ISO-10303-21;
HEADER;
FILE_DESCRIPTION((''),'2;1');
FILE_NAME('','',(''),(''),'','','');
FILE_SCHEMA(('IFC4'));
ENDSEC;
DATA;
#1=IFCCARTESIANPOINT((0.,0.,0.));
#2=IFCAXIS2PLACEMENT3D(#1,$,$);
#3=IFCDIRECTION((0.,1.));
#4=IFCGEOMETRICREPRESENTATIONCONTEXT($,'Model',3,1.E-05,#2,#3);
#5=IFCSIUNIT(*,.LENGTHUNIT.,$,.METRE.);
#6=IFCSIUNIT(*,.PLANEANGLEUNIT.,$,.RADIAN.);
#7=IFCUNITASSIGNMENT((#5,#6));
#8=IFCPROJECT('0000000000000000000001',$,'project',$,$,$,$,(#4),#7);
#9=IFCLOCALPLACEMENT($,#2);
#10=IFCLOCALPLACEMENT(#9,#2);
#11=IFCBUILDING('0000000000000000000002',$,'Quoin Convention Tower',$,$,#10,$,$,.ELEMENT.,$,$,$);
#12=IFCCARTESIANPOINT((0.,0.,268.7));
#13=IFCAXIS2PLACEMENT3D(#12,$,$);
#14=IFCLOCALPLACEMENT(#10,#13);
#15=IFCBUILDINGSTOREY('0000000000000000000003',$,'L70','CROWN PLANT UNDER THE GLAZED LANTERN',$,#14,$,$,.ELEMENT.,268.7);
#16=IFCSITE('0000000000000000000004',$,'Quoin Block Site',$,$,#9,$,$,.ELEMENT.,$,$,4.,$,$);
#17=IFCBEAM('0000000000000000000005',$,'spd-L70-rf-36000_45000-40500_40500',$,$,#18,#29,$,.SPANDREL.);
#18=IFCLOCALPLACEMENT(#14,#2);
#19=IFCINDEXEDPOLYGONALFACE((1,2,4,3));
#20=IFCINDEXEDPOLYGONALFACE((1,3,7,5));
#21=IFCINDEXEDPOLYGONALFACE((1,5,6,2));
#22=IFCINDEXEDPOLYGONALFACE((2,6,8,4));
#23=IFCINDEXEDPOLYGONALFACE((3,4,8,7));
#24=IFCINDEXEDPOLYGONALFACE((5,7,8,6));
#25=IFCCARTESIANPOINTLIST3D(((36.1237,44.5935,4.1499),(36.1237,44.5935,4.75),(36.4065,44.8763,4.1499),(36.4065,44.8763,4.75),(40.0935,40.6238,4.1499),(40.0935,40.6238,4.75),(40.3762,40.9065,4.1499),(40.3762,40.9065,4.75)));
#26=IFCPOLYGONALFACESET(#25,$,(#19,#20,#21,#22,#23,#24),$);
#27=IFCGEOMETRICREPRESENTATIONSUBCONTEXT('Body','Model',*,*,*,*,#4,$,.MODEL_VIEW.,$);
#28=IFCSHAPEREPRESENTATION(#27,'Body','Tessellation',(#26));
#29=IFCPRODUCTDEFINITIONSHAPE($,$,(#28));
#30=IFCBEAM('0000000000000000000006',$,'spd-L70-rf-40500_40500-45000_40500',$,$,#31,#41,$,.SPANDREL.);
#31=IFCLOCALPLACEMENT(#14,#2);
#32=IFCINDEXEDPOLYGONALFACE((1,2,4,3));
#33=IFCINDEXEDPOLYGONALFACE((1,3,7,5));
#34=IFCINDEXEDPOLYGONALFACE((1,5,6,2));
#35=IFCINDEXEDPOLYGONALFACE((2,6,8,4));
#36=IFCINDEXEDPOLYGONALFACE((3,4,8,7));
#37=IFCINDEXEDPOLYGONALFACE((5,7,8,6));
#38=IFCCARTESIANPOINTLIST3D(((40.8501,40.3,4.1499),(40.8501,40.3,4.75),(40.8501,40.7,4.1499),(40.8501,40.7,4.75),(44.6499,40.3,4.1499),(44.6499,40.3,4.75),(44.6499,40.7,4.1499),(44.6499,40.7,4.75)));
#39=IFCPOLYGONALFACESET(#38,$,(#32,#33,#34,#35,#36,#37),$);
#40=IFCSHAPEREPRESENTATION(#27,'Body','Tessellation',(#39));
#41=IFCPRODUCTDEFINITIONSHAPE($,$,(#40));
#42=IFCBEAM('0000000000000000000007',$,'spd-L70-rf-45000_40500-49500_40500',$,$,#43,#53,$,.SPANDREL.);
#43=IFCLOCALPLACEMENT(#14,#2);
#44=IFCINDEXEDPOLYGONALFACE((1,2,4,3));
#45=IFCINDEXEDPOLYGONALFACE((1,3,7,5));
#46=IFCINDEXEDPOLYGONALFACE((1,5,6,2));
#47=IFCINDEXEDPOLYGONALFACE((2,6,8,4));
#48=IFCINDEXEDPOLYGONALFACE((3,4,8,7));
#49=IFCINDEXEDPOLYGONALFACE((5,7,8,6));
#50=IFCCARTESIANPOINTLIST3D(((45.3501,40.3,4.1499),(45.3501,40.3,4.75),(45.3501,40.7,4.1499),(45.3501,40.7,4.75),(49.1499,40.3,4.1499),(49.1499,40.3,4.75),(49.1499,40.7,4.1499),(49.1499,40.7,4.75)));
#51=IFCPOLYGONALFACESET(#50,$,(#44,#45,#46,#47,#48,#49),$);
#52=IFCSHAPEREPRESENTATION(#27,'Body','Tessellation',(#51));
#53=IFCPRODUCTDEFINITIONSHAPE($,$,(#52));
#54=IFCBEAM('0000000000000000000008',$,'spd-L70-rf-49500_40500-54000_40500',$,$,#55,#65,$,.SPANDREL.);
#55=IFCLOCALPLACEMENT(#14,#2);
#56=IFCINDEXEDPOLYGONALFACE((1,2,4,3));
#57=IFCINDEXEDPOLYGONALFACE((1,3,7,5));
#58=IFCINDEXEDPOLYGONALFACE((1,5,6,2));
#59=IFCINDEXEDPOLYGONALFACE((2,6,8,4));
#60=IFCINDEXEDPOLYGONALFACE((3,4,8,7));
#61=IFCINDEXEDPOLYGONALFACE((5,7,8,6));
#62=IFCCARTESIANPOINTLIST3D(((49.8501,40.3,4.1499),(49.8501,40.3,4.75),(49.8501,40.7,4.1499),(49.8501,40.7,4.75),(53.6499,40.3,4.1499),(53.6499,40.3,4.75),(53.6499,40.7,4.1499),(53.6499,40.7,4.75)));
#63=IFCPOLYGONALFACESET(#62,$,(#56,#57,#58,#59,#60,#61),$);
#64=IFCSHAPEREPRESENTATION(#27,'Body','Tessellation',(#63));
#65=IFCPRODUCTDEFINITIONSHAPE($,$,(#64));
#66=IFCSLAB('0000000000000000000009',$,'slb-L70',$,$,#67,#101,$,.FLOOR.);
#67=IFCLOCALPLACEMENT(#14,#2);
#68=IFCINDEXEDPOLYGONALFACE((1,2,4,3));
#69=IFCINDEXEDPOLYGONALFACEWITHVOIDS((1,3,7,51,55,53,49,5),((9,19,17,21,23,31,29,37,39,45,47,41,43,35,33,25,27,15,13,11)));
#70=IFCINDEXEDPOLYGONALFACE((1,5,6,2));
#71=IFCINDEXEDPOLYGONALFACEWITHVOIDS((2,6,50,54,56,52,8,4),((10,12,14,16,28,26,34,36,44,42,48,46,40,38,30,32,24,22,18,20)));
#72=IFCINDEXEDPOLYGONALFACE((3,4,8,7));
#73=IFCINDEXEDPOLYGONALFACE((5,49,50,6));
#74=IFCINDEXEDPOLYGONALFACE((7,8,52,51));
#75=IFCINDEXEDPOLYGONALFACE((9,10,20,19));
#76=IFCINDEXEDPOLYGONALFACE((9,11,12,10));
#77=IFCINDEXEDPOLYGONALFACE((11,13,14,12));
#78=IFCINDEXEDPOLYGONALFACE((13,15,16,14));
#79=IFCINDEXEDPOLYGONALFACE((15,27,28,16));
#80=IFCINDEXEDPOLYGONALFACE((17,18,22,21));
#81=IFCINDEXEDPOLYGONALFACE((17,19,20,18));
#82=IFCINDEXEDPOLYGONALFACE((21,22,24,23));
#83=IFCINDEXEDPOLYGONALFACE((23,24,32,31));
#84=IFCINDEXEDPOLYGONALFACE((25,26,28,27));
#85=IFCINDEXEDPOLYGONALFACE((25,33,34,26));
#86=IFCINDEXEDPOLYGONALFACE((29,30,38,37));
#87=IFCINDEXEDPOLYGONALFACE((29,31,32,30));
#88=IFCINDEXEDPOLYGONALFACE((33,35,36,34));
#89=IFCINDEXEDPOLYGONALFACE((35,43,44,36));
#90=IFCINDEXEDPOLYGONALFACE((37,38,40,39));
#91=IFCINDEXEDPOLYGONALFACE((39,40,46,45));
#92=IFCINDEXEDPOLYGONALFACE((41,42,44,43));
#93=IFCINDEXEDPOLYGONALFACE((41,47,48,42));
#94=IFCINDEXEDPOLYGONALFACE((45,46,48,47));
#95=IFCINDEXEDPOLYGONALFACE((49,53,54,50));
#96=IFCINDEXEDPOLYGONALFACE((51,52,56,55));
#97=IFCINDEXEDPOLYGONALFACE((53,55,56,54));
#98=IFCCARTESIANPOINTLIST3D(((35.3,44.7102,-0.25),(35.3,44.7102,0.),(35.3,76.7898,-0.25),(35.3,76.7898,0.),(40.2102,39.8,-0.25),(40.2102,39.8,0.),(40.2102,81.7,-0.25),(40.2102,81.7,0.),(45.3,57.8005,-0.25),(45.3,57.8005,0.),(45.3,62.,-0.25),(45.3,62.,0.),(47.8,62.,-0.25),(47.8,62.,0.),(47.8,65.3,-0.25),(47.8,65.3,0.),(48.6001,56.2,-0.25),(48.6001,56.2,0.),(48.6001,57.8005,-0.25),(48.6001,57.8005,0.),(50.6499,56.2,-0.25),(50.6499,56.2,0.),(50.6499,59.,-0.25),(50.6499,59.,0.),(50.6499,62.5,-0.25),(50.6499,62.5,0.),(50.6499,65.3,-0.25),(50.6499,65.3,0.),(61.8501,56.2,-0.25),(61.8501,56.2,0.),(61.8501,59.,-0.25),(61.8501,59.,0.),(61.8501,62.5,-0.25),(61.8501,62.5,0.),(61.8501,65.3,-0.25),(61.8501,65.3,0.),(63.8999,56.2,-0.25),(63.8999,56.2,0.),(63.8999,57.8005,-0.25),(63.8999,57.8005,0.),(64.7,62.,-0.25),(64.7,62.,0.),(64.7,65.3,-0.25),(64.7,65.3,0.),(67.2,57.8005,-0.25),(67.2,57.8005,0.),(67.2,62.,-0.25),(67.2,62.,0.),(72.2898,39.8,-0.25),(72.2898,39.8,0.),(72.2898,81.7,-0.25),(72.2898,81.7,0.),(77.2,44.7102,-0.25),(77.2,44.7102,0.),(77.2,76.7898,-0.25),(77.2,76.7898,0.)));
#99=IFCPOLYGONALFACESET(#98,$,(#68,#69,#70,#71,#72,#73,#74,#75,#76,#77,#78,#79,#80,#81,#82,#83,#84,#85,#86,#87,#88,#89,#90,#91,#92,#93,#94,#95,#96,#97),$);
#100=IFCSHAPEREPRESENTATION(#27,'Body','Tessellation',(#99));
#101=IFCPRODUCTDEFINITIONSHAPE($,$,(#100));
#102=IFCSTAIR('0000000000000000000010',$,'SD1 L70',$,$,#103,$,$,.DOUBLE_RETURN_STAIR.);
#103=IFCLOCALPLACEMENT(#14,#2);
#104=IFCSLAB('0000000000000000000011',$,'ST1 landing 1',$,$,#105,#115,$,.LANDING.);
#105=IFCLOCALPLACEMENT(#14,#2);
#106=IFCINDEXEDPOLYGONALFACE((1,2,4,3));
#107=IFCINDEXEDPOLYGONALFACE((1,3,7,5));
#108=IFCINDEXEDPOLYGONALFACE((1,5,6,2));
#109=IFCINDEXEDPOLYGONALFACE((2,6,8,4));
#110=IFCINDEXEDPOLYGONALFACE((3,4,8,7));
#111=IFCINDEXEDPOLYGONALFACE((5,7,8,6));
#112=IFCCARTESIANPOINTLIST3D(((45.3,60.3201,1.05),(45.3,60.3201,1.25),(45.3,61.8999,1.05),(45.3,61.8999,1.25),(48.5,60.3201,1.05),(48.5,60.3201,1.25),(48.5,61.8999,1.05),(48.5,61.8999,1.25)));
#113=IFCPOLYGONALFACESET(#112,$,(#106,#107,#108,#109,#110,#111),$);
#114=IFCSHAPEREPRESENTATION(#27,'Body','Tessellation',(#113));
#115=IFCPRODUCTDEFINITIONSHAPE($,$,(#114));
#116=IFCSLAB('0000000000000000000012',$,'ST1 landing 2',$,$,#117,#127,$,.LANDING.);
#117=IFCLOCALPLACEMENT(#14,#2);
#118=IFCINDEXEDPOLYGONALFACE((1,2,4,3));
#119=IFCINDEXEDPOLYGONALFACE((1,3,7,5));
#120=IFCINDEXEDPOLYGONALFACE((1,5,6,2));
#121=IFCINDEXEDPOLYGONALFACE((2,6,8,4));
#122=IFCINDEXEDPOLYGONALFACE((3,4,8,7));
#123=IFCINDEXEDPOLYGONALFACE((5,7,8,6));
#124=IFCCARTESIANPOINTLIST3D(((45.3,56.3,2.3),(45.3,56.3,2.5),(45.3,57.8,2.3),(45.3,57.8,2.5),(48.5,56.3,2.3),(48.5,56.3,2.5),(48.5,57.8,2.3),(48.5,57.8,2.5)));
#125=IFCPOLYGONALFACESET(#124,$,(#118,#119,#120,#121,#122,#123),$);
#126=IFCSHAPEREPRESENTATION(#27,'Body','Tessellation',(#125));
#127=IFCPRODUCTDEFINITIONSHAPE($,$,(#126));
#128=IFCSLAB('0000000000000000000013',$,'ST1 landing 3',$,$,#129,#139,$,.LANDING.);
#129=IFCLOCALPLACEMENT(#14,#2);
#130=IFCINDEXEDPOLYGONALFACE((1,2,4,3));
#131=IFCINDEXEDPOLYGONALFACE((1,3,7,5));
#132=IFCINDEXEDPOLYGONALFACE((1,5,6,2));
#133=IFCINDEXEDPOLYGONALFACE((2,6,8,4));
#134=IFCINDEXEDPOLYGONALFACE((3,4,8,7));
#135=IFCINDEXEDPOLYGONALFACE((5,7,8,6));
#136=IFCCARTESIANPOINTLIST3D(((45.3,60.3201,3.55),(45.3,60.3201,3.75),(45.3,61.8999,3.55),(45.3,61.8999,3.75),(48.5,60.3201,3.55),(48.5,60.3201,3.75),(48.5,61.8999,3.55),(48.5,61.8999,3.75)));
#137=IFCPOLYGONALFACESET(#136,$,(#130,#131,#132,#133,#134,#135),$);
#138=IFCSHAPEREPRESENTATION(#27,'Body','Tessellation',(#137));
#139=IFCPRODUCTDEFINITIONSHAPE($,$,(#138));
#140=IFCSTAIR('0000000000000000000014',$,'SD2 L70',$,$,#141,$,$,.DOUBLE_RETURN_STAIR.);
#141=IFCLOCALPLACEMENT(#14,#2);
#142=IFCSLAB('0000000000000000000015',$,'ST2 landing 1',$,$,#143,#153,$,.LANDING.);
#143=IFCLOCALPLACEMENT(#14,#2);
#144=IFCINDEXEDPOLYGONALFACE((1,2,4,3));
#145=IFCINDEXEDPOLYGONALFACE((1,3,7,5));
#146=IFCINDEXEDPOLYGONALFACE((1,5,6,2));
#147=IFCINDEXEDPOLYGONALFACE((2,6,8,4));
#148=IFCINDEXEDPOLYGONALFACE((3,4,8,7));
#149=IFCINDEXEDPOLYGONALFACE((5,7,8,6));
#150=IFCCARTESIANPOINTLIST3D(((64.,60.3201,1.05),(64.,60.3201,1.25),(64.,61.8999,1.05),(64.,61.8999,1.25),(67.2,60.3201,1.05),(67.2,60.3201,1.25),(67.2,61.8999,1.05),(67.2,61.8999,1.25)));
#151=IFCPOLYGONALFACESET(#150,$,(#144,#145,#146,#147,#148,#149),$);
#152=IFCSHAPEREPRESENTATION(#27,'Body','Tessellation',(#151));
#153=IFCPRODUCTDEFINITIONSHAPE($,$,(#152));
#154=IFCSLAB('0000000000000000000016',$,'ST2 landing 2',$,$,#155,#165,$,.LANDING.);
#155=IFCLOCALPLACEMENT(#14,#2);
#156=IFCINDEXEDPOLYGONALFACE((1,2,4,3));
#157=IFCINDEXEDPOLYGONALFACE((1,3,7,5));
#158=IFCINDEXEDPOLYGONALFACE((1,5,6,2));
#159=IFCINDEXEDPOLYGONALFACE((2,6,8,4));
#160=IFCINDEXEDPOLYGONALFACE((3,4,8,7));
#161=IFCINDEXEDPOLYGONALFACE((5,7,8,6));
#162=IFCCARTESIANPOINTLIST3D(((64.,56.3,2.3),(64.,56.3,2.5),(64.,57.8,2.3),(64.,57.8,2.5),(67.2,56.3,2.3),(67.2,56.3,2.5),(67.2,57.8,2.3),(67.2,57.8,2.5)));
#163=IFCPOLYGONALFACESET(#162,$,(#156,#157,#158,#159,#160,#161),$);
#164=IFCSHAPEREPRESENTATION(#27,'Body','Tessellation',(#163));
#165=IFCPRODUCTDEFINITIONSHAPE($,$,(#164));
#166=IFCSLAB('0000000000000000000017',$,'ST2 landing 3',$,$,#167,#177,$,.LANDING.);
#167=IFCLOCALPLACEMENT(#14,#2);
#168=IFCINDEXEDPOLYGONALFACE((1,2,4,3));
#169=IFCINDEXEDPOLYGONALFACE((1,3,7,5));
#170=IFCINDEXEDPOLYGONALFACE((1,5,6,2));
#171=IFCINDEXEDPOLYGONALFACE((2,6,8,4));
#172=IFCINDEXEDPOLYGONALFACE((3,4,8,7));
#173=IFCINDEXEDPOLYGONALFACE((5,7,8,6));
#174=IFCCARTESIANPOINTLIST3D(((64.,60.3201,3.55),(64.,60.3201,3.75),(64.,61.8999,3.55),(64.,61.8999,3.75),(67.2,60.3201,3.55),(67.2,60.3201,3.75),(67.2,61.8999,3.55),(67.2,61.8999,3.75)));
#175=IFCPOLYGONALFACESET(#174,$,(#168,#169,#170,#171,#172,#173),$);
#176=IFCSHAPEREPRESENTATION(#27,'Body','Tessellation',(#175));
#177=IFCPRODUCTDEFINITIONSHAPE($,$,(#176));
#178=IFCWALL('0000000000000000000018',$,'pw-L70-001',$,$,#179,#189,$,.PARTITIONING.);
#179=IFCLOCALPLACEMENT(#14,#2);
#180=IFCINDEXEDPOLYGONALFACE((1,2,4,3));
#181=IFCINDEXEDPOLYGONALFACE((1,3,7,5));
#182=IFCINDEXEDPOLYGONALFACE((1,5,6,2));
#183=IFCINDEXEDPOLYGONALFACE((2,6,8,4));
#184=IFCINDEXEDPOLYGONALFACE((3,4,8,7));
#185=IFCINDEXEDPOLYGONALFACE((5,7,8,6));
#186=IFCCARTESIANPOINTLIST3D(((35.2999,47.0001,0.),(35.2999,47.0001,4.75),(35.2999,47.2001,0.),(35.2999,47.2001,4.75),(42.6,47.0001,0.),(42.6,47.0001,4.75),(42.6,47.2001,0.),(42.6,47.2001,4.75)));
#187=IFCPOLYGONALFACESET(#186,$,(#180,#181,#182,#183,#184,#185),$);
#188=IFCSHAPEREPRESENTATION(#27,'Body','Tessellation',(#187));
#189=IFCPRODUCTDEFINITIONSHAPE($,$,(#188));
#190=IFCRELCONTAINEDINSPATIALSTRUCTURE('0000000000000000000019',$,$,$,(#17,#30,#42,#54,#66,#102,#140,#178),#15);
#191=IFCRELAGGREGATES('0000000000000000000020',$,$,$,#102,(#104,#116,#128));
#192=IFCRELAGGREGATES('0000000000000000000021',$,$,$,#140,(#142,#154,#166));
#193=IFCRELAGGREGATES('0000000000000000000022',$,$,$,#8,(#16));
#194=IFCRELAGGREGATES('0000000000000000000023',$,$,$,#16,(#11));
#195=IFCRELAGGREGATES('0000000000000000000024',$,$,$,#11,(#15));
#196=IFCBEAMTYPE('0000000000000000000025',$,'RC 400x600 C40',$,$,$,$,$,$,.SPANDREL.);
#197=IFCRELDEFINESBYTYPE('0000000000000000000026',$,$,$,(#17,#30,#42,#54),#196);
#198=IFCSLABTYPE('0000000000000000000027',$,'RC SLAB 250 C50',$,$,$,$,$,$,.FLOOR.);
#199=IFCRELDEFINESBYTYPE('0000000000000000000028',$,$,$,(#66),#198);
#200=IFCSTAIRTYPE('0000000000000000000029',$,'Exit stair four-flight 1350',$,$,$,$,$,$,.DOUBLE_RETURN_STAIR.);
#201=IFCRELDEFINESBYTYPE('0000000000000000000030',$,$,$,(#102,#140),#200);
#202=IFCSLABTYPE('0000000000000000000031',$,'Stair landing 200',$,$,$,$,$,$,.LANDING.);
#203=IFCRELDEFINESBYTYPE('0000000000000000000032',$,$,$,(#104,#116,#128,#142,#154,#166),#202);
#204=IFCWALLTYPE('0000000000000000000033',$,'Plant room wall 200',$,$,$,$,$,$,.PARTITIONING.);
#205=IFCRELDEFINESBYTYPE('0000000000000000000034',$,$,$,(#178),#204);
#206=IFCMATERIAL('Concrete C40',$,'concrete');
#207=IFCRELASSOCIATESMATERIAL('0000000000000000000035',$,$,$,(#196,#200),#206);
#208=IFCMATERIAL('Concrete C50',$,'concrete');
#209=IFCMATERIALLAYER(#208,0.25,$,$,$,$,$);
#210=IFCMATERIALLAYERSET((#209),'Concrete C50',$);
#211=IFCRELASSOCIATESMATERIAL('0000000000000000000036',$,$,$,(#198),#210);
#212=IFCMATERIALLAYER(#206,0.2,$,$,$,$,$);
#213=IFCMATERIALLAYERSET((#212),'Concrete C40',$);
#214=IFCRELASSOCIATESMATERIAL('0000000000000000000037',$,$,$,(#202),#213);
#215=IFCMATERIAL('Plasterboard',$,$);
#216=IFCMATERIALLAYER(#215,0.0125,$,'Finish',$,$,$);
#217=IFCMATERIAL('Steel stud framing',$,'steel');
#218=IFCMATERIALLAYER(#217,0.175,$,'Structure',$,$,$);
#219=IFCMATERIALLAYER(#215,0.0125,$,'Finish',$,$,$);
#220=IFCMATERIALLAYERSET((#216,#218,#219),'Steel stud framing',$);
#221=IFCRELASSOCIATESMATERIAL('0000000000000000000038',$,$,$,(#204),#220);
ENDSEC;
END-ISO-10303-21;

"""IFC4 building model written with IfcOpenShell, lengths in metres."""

from ifc_helpers import new_model, si_unit, direction, frame, frame_2d, origin, origin_2d, place, context, subcontext, project, spatial, polyline, rectangle, outline, extrude, material, layer, layer_set, material_profile, profile_set, type_object, element, aggregate, save


model = new_model("IFC4")

# Units and contexts
model_context = context("Model", 3, precision=1e-05, world=origin(), true_north=direction((0.0, 1.0)))
body_context = subcontext(model_context, "Body", "Model", "MODEL_VIEW")
ifc_project = project(units=[si_unit("LENGTHUNIT", "METRE"), si_unit("PLANEANGLEUNIT", "RADIAN")], contexts=[model_context])

# Site, building, storey
site_placement = place(None, origin())
site = spatial("IfcSite", under=ifc_project, at=site_placement, Name="Quoin Block Site", CompositionType="ELEMENT", RefElevation=4.0)
building_placement = place(site_placement, origin())
building = spatial("IfcBuilding", under=site, at=building_placement, Name="Quoin Convention Tower", CompositionType="ELEMENT")
storey_placement = place(building_placement, frame((0.0, 0.0, 268.7)))
storey = spatial("IfcBuildingStorey", under=building, at=storey_placement, Name="L70", Description="CROWN PLANT UNDER THE GLAZED LANTERN", CompositionType="ELEMENT", Elevation=268.7)

# Shared definitions
ifc_material_1 = material(Name="Concrete C40", Category="concrete")

# Beams
ifc_material_profile_1 = material_profile(ifc_material_1, rectangle(XDim=0.3999, YDim=0.6001, at=origin_2d()), Name="RC 400x600")
ifc_profile_set_1 = profile_set([ifc_material_profile_1], Name="Concrete C40")
beam_type_1 = type_object("IfcBeamType", Name="RC 400x600 C40", PredefinedType="SPANDREL", material=ifc_profile_set_1)
beam_1_placement = place(storey_placement, frame((36.2651, 44.7349, 4.45), z_axis=(0.707107, -0.707107, 0.0), x_axis=(0.707107, 0.707107, 0.0)))
element("IfcBeam", 1, at=beam_1_placement, inside=storey, type_object=beam_type_1, Name="spd-L70-rf-36000_45000-40500_40500", PredefinedType="SPANDREL", context=body_context, shape_type="SweptSolid", body=[
    extrude(rectangle(XDim=0.3999, YDim=0.6001, at=origin_2d()), origin(), (0.0, 0.0, 1.0), 5.614),
])
for number, where, z_axis, x_axis, name in (
    (2, (40.8501, 40.5, 4.45), (1.0, 0.0, 0.0), (0.0, 1.0, 0.0), "spd-L70-rf-40500_40500-45000_40500"),
    (3, (45.3501, 40.5, 4.45), (1.0, 0.0, 0.0), (0.0, 1.0, 0.0), "spd-L70-rf-45000_40500-49500_40500"),
    (4, (49.8501, 40.5, 4.45), (1.0, 0.0, 0.0), (0.0, 1.0, 0.0), "spd-L70-rf-49500_40500-54000_40500"),
):
    element("IfcBeam", number, at=place(storey_placement, frame(where, z_axis=z_axis, x_axis=x_axis)), inside=storey, type_object=beam_type_1, Name=name, PredefinedType="SPANDREL", context=body_context, shape_type="SweptSolid", body=[
        extrude(rectangle(XDim=0.3999, YDim=0.6001, at=origin_2d()), origin(), (0.0, 0.0, 1.0), 3.7998),
    ])

# Slab
ifc_material_2 = material(Name="Concrete C50", Category="concrete")
ifc_layer_1 = layer(ifc_material_2, 0.25)
ifc_layer_set_1 = layer_set([ifc_layer_1], Name="Concrete C50")
slab_type_1 = type_object("IfcSlabType", Name="RC SLAB 250 C50", PredefinedType="FLOOR", material=ifc_layer_set_1)
slab_1_placement = place(storey_placement, frame((0.0, 0.0, -0.25)))
element("IfcSlab", 5, at=slab_1_placement, inside=storey, type_object=slab_type_1, Name="slb-L70", PredefinedType="FLOOR", context=body_context, shape_type="SweptSolid", body=[
    extrude(outline(polyline([(40.2102, 39.8), (35.3, 44.7102), (35.3, 76.7898), (40.2102, 81.7), (72.2898, 81.7), (77.2, 76.7898), (77.2, 44.7102), (72.2898, 39.8), (40.2102, 39.8)]), holes=[polyline([(50.6499, 59.0), (61.8501, 59.0), (61.8501, 56.2), (63.8999, 56.2), (63.8999, 57.8005), (67.2, 57.8005), (67.2, 62.0), (64.7, 62.0), (64.7, 65.3), (61.8501, 65.3), (61.8501, 62.5), (50.6499, 62.5), (50.6499, 65.3), (47.8, 65.3), (47.8, 62.0), (45.3, 62.0), (45.3, 57.8005), (48.6001, 57.8005), (48.6001, 56.2), (50.6499, 56.2), (50.6499, 59.0)])]), origin(), (0.0, 0.0, 1.0), 0.25),
])

# Stairs, slabs
stair_type = type_object("IfcStairType", Name="Exit stair four-flight 1350", PredefinedType="DOUBLE_RETURN_STAIR", material=ifc_material_1)
stair_1_placement = place(storey_placement, origin())
stair_1 = element("IfcStair", 6, at=stair_1_placement, inside=storey, type_object=stair_type, Name="SD1 L70", PredefinedType="DOUBLE_RETURN_STAIR")
ifc_layer_2 = layer(ifc_material_1, 0.2)
ifc_layer_set_2 = layer_set([ifc_layer_2], Name="Concrete C40")
slab_type_2 = type_object("IfcSlabType", Name="Stair landing 200", PredefinedType="LANDING", material=ifc_layer_set_2)
slab_2_placement = place(storey_placement, frame((0.0, 0.0, 1.05)))
slab_2 = element("IfcSlab", 7, at=slab_2_placement, type_object=slab_type_2, Name="ST1 landing 1", PredefinedType="LANDING", context=body_context, shape_type="SweptSolid", body=[
    extrude(outline(polyline([(45.3, 60.3201), (48.5, 60.3201), (48.5, 61.8999), (45.3, 61.8999), (45.3, 60.3201)])), origin(), (0.0, 0.0, 1.0), 0.2),
])
slab_3_placement = place(storey_placement, frame((0.0, 0.0, 2.3)))
slab_3 = element("IfcSlab", 8, at=slab_3_placement, type_object=slab_type_2, Name="ST1 landing 2", PredefinedType="LANDING", context=body_context, shape_type="SweptSolid", body=[
    extrude(outline(polyline([(45.3, 56.3), (48.5, 56.3), (48.5, 57.8), (45.3, 57.8), (45.3, 56.3)])), origin(), (0.0, 0.0, 1.0), 0.2),
])
slab_4_placement = place(storey_placement, frame((0.0, 0.0, 3.55)))
slab_4 = element("IfcSlab", 9, at=slab_4_placement, type_object=slab_type_2, Name="ST1 landing 3", PredefinedType="LANDING", context=body_context, shape_type="SweptSolid", body=[
    extrude(outline(polyline([(45.3, 60.3201), (48.5, 60.3201), (48.5, 61.8999), (45.3, 61.8999), (45.3, 60.3201)])), origin(), (0.0, 0.0, 1.0), 0.2),
])
aggregate(stair_1, [slab_2, slab_3, slab_4])
stair_2_placement = place(storey_placement, origin())
stair_2 = element("IfcStair", 10, at=stair_2_placement, inside=storey, type_object=stair_type, Name="SD2 L70", PredefinedType="DOUBLE_RETURN_STAIR")
slab_5_placement = place(storey_placement, frame((0.0, 0.0, 1.05)))
slab_5 = element("IfcSlab", 11, at=slab_5_placement, type_object=slab_type_2, Name="ST2 landing 1", PredefinedType="LANDING", context=body_context, shape_type="SweptSolid", body=[
    extrude(outline(polyline([(64.0, 60.3201), (67.2, 60.3201), (67.2, 61.8999), (64.0, 61.8999), (64.0, 60.3201)])), origin(), (0.0, 0.0, 1.0), 0.2),
])
slab_6_placement = place(storey_placement, frame((0.0, 0.0, 2.3)))
slab_6 = element("IfcSlab", 12, at=slab_6_placement, type_object=slab_type_2, Name="ST2 landing 2", PredefinedType="LANDING", context=body_context, shape_type="SweptSolid", body=[
    extrude(outline(polyline([(64.0, 56.3), (67.2, 56.3), (67.2, 57.8), (64.0, 57.8), (64.0, 56.3)])), origin(), (0.0, 0.0, 1.0), 0.2),
])
slab_7_placement = place(storey_placement, frame((0.0, 0.0, 3.55)))
slab_7 = element("IfcSlab", 13, at=slab_7_placement, type_object=slab_type_2, Name="ST2 landing 3", PredefinedType="LANDING", context=body_context, shape_type="SweptSolid", body=[
    extrude(outline(polyline([(64.0, 60.3201), (67.2, 60.3201), (67.2, 61.8999), (64.0, 61.8999), (64.0, 60.3201)])), origin(), (0.0, 0.0, 1.0), 0.2),
])
aggregate(stair_2, [slab_5, slab_6, slab_7])

# Wall
ifc_material_3 = material(Name="Plasterboard")
ifc_layer_3 = layer(ifc_material_3, 0.0125, Name="Finish")
ifc_material_4 = material(Name="Steel stud framing", Category="steel")
ifc_layer_4 = layer(ifc_material_4, 0.175, Name="Structure")
ifc_layer_5 = layer(ifc_material_3, 0.0125, Name="Finish")
ifc_layer_set_3 = layer_set([ifc_layer_3, ifc_layer_4, ifc_layer_5], Name="Steel stud framing")
wall_type = type_object("IfcWallType", Name="Plant room wall 200", PredefinedType="PARTITIONING", material=ifc_layer_set_3)
wall_1_placement = place(storey_placement, frame((35.3, 47.1001, 0.0), z_axis=(0.0, 0.0, 1.0), x_axis=(1.0, 0.0, 0.0)))
element("IfcWall", 14, at=wall_1_placement, inside=storey, type_object=wall_type, Name="pw-L70-001", PredefinedType="PARTITIONING", context=body_context, shape_type="SweptSolid", body=[
    extrude(rectangle(XDim=7.3, YDim=0.2, at=frame_2d((3.6499, 0.0))), origin(), (0.0, 0.0, 1.0), 4.75),
])

save(model, "model.ifc")
